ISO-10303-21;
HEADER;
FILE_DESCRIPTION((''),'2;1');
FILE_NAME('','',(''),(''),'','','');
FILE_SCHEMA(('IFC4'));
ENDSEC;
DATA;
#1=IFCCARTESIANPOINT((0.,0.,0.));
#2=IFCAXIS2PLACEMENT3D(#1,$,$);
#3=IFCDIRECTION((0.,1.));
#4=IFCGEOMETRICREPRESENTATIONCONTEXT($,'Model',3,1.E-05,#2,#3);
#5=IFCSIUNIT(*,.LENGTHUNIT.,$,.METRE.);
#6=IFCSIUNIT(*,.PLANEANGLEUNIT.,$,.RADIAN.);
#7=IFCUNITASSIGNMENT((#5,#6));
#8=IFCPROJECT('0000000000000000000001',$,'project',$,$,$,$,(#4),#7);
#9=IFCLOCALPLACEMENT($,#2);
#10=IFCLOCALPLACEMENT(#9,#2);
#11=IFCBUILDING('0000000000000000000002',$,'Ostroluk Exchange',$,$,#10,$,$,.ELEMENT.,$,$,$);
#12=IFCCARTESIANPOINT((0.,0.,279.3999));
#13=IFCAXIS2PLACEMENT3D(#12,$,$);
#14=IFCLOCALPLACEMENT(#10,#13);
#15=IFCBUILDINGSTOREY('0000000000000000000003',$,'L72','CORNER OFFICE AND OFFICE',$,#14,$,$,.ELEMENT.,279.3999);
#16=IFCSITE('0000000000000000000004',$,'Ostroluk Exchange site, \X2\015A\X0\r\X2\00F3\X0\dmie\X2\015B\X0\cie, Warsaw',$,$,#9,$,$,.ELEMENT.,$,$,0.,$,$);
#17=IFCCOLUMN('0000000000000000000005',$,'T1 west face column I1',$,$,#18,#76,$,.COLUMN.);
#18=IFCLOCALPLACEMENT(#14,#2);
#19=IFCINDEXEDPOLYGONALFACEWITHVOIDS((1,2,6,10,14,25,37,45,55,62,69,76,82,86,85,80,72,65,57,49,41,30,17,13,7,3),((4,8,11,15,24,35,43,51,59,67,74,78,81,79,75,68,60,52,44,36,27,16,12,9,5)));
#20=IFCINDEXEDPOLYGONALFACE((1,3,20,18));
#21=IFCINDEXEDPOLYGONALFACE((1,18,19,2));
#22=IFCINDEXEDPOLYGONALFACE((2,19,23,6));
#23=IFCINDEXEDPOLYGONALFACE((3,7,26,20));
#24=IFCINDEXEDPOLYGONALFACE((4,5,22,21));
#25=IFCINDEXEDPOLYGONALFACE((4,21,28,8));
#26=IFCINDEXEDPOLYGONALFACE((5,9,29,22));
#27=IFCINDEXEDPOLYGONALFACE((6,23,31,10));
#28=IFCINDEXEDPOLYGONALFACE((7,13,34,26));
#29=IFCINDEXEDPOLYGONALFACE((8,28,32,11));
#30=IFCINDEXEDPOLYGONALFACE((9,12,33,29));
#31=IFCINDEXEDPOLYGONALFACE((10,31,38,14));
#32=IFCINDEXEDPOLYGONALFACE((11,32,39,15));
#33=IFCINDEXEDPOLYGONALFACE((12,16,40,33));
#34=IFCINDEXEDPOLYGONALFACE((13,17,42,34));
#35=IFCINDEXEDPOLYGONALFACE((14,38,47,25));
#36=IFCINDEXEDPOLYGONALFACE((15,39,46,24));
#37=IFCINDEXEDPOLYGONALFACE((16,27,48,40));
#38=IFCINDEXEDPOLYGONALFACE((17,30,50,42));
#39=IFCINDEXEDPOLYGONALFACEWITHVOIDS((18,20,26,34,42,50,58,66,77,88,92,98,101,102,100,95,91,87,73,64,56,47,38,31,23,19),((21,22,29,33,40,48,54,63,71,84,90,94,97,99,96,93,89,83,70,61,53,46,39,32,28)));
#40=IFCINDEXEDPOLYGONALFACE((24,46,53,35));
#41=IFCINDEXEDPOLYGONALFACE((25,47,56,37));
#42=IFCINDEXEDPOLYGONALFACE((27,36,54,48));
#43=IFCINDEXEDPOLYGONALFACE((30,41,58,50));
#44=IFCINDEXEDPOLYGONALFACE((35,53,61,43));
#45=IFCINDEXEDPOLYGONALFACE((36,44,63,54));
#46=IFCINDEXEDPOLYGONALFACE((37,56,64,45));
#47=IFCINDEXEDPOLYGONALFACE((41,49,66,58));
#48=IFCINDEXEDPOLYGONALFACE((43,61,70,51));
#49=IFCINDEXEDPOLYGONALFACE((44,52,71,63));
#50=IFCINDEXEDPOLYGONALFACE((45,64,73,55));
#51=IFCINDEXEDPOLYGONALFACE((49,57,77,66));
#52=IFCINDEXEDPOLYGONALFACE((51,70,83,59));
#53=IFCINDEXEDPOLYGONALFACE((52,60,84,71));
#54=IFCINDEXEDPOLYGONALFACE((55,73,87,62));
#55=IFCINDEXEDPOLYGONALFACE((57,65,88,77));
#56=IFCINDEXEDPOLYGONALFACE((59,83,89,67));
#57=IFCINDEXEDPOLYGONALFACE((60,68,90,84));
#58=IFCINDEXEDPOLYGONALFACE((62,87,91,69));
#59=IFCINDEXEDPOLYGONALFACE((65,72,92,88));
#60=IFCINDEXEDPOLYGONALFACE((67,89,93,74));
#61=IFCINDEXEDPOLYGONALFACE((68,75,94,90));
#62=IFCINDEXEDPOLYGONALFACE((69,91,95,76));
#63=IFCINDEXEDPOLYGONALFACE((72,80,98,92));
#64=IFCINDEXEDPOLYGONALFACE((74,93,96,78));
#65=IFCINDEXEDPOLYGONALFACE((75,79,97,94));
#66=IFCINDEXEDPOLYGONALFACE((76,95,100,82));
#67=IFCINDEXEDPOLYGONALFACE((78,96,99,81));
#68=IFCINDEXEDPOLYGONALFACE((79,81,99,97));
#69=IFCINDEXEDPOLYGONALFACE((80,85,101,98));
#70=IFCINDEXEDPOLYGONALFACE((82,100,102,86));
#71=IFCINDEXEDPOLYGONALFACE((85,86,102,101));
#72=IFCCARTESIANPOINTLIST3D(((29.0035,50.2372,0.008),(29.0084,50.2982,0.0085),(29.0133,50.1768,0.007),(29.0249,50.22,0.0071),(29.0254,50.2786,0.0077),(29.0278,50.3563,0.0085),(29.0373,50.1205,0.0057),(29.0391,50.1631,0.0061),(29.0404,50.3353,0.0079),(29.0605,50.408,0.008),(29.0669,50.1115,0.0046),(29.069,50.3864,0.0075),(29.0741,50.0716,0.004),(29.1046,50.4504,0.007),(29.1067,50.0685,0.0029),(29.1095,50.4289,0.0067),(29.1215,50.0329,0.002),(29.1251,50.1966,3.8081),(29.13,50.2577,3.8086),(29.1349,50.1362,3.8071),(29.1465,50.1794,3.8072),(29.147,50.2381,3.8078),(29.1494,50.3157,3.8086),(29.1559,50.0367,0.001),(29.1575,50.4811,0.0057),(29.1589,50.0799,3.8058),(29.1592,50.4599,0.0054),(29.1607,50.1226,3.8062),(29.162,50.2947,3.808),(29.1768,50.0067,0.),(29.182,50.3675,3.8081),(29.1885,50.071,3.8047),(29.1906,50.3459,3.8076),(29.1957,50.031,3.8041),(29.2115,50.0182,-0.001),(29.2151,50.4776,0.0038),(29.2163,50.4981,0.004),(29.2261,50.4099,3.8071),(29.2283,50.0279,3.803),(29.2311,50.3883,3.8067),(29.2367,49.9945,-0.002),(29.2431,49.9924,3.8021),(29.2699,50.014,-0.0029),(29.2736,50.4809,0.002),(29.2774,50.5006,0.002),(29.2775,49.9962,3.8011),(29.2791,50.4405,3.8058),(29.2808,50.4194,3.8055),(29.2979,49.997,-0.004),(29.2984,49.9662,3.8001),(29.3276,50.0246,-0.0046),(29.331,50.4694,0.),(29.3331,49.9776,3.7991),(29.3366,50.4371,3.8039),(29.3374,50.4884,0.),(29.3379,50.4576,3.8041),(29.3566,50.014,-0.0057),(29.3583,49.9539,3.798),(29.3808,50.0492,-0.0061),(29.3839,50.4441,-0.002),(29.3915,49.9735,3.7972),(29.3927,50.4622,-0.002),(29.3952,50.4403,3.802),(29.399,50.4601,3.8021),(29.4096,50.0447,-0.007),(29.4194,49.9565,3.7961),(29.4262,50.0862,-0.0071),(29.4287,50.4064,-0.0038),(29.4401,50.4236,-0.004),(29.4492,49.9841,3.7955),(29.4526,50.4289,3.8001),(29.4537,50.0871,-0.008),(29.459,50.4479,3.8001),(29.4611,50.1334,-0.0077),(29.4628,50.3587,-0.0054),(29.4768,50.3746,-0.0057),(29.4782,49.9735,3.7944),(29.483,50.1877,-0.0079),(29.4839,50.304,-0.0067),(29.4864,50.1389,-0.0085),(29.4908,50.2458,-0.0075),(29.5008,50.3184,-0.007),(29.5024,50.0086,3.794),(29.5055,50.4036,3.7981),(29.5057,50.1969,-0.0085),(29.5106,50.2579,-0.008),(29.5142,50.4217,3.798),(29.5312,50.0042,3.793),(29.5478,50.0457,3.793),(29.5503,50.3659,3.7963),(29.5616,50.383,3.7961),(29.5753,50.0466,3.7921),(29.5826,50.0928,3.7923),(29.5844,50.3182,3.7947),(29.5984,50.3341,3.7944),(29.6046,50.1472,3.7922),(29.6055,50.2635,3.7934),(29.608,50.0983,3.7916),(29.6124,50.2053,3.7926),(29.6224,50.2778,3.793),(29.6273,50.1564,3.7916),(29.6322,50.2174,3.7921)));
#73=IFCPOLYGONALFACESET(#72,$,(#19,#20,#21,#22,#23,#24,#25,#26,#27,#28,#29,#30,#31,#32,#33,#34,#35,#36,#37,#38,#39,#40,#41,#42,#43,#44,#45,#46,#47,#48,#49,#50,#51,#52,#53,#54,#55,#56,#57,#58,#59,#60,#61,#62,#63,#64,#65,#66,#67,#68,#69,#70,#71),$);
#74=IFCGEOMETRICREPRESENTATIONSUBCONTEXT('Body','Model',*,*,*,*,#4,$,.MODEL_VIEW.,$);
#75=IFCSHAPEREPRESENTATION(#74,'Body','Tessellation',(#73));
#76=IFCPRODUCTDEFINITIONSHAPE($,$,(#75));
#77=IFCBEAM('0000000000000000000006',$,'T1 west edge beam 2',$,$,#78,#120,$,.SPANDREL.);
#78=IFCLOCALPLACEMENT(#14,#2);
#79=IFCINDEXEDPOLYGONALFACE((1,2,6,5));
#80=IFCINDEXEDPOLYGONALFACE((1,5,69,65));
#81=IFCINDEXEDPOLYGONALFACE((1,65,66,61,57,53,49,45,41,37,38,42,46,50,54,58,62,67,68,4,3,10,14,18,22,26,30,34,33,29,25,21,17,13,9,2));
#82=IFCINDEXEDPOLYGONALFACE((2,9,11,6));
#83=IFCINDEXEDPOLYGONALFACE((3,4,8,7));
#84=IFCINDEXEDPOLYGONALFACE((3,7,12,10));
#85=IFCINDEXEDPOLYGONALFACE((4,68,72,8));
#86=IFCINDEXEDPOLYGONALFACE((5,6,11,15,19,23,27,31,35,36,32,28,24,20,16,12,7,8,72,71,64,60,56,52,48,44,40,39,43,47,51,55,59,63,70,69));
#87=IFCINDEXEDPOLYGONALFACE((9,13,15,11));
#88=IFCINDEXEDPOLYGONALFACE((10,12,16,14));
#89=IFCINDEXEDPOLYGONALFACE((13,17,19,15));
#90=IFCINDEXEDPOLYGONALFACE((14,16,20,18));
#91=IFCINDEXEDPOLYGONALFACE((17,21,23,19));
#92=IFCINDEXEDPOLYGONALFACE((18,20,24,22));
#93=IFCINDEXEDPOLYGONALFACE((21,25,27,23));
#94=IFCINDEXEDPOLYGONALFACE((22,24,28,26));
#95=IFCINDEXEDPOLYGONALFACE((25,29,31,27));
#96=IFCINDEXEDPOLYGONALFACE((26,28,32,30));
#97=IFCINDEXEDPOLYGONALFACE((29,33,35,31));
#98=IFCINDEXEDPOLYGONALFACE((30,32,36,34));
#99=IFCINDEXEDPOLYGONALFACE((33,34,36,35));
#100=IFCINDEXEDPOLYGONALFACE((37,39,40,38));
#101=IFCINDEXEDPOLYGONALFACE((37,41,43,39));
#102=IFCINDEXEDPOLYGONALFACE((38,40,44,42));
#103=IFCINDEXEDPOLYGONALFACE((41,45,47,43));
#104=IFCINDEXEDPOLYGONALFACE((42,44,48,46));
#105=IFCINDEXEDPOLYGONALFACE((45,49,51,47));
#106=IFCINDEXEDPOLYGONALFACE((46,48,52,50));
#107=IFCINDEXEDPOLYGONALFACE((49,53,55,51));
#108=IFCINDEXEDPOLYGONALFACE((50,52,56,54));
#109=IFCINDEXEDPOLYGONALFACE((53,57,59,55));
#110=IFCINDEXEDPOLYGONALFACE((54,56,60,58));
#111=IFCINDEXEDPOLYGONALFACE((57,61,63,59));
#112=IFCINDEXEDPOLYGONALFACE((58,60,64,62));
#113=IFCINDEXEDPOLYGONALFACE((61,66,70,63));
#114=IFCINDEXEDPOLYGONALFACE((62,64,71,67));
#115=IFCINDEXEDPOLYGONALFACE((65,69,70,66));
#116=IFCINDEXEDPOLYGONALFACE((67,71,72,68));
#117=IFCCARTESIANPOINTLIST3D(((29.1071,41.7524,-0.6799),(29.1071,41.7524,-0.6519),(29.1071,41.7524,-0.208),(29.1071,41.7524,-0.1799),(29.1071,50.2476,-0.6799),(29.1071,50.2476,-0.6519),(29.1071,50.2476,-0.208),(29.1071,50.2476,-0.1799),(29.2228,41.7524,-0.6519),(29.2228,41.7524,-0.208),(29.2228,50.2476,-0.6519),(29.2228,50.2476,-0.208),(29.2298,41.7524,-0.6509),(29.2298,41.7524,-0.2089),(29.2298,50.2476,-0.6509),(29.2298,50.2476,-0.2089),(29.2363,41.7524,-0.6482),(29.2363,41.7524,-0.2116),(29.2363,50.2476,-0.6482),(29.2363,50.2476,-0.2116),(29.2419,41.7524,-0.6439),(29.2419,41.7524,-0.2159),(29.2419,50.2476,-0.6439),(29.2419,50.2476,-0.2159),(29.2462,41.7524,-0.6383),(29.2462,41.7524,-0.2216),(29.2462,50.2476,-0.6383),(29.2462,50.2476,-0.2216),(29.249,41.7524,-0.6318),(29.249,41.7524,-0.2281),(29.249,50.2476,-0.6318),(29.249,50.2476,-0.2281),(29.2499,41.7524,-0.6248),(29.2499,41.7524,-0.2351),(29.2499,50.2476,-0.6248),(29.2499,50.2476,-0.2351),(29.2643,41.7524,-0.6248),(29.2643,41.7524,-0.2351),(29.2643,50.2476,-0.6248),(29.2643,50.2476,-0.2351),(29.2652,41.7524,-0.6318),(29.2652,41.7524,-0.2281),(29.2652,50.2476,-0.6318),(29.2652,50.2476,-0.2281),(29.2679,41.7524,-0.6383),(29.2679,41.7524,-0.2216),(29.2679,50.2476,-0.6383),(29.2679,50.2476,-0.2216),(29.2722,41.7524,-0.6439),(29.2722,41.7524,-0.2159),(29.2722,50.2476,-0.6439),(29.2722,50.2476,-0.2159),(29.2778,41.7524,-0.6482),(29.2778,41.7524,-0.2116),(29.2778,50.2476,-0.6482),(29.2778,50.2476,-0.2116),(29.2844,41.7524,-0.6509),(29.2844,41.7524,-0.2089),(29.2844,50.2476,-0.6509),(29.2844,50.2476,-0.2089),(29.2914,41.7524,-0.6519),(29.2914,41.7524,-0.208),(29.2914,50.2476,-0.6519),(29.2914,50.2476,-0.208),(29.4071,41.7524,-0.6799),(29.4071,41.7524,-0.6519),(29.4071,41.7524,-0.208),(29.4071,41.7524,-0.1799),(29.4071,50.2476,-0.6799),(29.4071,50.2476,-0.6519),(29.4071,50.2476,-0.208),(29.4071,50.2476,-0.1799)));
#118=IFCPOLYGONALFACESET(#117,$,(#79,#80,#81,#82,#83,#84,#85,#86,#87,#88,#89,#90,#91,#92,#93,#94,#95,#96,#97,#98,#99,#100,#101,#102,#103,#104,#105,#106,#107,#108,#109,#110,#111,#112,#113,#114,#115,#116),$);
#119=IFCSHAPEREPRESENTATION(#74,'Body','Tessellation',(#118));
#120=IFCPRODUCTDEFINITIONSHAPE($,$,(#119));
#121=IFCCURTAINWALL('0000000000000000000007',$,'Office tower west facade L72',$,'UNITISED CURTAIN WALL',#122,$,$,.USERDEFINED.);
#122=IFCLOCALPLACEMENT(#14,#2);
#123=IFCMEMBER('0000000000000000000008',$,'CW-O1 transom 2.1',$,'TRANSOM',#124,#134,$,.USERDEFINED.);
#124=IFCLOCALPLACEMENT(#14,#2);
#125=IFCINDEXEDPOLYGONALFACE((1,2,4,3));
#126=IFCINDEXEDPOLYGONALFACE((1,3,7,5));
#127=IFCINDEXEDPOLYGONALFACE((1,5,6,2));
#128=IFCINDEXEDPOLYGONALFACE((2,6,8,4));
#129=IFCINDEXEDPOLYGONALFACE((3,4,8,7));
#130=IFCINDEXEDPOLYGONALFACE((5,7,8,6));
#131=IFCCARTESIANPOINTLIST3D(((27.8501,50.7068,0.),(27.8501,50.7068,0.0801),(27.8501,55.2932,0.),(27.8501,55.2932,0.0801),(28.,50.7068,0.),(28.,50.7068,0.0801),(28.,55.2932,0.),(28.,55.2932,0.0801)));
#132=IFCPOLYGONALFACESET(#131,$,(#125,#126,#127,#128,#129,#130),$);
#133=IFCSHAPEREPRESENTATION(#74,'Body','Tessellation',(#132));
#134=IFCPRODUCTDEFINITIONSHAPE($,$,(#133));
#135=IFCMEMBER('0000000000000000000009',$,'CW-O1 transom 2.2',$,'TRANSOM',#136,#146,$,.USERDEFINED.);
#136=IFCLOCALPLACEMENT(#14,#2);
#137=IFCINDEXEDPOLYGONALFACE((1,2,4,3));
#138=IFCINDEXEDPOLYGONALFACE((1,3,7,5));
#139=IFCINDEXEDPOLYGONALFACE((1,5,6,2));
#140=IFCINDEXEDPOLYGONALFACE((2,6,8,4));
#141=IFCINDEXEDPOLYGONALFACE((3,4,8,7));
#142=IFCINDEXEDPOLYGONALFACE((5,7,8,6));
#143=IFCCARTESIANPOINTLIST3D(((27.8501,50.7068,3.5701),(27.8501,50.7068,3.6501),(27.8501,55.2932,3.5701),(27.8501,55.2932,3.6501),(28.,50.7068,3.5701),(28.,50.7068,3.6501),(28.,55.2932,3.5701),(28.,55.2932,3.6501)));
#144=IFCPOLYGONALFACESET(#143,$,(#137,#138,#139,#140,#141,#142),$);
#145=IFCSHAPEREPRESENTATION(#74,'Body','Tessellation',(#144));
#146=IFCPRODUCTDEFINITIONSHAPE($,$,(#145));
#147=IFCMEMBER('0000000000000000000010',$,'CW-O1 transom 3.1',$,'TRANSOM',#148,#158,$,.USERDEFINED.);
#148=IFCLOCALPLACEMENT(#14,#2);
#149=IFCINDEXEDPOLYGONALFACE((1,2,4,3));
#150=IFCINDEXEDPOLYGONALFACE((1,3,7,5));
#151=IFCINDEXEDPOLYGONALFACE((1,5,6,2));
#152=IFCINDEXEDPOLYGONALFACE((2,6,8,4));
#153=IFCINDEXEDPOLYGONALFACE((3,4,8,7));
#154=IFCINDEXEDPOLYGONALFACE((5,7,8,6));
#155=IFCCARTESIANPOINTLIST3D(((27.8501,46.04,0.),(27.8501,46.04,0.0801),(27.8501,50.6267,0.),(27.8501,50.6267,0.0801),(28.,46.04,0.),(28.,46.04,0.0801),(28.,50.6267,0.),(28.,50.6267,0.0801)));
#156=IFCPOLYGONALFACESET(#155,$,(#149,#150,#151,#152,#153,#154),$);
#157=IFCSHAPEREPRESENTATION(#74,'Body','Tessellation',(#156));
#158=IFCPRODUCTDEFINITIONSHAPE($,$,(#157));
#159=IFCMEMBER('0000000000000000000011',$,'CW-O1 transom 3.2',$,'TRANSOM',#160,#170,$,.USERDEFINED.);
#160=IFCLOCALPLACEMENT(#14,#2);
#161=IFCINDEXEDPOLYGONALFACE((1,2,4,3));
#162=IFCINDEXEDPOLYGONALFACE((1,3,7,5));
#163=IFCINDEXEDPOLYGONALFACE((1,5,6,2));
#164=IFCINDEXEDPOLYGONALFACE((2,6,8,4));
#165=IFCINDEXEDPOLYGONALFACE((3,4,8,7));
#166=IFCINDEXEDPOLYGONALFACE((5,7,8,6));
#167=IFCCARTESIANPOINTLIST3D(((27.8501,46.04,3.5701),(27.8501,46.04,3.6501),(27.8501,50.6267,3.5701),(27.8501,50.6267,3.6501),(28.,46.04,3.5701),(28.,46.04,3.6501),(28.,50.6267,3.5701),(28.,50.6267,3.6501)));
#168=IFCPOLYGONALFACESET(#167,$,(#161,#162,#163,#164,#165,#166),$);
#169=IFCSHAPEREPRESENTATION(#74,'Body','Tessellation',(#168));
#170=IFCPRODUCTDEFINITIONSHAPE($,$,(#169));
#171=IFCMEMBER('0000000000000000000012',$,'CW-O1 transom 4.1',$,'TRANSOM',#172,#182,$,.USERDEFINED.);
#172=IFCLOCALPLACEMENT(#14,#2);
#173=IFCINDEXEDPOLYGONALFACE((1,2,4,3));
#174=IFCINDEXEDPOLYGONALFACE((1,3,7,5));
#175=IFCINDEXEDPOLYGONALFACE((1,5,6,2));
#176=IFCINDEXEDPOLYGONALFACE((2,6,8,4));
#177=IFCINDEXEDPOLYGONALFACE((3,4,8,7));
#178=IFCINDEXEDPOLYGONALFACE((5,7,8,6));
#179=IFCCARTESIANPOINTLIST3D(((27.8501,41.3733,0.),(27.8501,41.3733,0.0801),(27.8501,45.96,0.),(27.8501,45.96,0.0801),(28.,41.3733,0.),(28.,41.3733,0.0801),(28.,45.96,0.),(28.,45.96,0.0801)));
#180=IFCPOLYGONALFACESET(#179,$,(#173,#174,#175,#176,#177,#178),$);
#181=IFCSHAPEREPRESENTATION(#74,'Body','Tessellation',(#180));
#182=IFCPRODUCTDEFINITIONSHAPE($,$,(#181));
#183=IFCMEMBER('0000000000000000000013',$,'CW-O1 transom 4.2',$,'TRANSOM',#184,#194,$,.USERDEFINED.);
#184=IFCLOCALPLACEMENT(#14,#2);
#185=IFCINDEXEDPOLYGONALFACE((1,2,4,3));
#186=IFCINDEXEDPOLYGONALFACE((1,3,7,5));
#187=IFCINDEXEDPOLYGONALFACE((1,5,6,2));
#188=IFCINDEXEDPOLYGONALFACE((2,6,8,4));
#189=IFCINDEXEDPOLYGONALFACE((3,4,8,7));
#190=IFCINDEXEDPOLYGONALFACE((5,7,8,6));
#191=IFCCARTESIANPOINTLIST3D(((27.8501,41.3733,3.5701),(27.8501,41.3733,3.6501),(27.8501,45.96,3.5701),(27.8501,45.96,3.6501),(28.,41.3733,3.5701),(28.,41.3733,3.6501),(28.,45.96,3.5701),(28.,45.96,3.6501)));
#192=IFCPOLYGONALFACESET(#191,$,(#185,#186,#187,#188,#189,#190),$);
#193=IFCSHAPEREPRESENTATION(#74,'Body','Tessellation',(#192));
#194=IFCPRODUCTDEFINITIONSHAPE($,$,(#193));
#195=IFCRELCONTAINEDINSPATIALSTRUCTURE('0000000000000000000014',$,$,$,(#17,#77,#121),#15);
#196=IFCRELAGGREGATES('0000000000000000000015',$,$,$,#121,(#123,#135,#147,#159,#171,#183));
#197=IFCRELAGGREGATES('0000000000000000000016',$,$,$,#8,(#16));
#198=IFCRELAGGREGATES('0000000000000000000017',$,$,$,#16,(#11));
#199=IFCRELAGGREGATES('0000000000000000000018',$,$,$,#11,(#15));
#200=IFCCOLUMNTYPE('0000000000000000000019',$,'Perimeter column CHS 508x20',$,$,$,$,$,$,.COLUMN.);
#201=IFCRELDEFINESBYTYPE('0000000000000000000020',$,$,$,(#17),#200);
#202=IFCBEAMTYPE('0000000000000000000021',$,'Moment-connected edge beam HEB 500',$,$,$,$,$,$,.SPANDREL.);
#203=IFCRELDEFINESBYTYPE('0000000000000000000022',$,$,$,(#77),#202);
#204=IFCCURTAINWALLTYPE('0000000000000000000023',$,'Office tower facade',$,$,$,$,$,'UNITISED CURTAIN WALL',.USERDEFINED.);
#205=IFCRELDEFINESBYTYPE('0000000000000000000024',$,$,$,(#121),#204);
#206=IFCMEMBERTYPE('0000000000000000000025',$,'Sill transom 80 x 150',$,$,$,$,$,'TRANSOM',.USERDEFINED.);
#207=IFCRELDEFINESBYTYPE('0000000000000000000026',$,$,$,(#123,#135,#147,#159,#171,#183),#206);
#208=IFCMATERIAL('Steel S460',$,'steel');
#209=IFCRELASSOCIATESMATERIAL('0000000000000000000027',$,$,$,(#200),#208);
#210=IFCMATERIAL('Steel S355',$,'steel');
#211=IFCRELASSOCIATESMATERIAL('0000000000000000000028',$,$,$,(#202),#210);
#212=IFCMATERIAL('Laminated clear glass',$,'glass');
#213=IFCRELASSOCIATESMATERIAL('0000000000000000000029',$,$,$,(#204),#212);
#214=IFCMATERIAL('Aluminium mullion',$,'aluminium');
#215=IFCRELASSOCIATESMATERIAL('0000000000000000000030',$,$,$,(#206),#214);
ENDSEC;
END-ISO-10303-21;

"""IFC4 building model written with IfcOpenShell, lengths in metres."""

from ifc_helpers import new_model, si_unit, direction, frame, origin, origin_2d, place, context, subcontext, project, spatial, rectangle, hollow_circle, i_section, extrude, material, material_profile, profile_set, type_object, element, aggregate, save


model = new_model("IFC4")

# Units and contexts
model_context = context("Model", 3, precision=1e-05, world=origin(), true_north=direction((0.0, 1.0)))
body_context = subcontext(model_context, "Body", "Model", "MODEL_VIEW")
ifc_project = project(units=[si_unit("LENGTHUNIT", "METRE"), si_unit("PLANEANGLEUNIT", "RADIAN")], contexts=[model_context])

# Site, building, storey
site_placement = place(None, origin())
site = spatial("IfcSite", under=ifc_project, at=site_placement, Name="Ostroluk Exchange site, Śródmieście, Warsaw", CompositionType="ELEMENT", RefElevation=0.0)
building_placement = place(site_placement, origin())
building = spatial("IfcBuilding", under=site, at=building_placement, Name="Ostroluk Exchange", CompositionType="ELEMENT")
storey_placement = place(building_placement, frame((0.0, 0.0, 279.3999)))
storey = spatial("IfcBuildingStorey", under=building, at=storey_placement, Name="L72", Description="CORNER OFFICE AND OFFICE", CompositionType="ELEMENT", Elevation=279.3999)

# Column
ifc_material_1 = material(Name="Steel S460", Category="steel")
ifc_material_profile_1 = material_profile(ifc_material_1, hollow_circle(Radius=0.2539, WallThickness=0.02, at=origin_2d()), Name="CHS 508x20")
ifc_profile_set_1 = profile_set([ifc_material_profile_1], Name="Steel S460")
column_type = type_object("IfcColumnType", Name="Perimeter column CHS 508x20", PredefinedType="COLUMN", material=ifc_profile_set_1)
column_placement = place(storey_placement, frame((29.2571, 50.2476, 0.0), z_axis=(0.031977, -0.010659, 0.999432), x_axis=(0.316228, 0.948683, 0.0)))
element("IfcColumn", 1, at=column_placement, inside=storey, type_object=column_type, Name="T1 west face column I1", PredefinedType="COLUMN", context=body_context, shape_type="SweptSolid", body=[
    extrude(hollow_circle(Radius=0.2539, WallThickness=0.02, at=origin_2d()), origin(), (0.0, 0.0, 1.0), 3.8022),
])

# Beam
ifc_material_2 = material(Name="Steel S355", Category="steel")
ifc_material_profile_2 = material_profile(ifc_material_2, i_section(OverallWidth=0.3, OverallDepth=0.5, WebThickness=0.0144, FlangeThickness=0.0281, FilletRadius=0.0271, at=origin_2d()), Name="HEB 500")
ifc_profile_set_2 = profile_set([ifc_material_profile_2], Name="Steel S355")
beam_type = type_object("IfcBeamType", Name="Moment-connected edge beam HEB 500", PredefinedType="SPANDREL", material=ifc_profile_set_2)
beam_placement = place(storey_placement, frame((29.2571, 50.2476, -0.4299), z_axis=(0.0, -1.0, 0.0), x_axis=(1.0, 0.0, 0.0)))
element("IfcBeam", 2, at=beam_placement, inside=storey, type_object=beam_type, Name="T1 west edge beam 2", PredefinedType="SPANDREL", context=body_context, shape_type="SweptSolid", body=[
    extrude(i_section(OverallWidth=0.3, OverallDepth=0.5, WebThickness=0.0144, FlangeThickness=0.0281, FilletRadius=0.0271, at=origin_2d()), origin(), (0.0, 0.0, 1.0), 8.4951),
])

# Curtain wall, members
ifc_material_3 = material(Name="Laminated clear glass", Category="glass")
curtain_wall_type = type_object("IfcCurtainWallType", Name="Office tower facade", ElementType="UNITISED CURTAIN WALL", PredefinedType="USERDEFINED", material=ifc_material_3)
curtain_wall_placement = place(storey_placement, origin())
curtain_wall = element("IfcCurtainWall", 3, at=curtain_wall_placement, inside=storey, type_object=curtain_wall_type, Name="Office tower west facade L72", ObjectType="UNITISED CURTAIN WALL", PredefinedType="USERDEFINED")
ifc_material_4 = material(Name="Aluminium mullion", Category="aluminium")
ifc_material_profile_3 = material_profile(ifc_material_4, rectangle(XDim=0.1499, YDim=0.0801, at=origin_2d()), Name="Sill transom 80 x 150")
ifc_profile_set_3 = profile_set([ifc_material_profile_3], Name="Aluminium mullion")
member_type_1 = type_object("IfcMemberType", Name="Sill transom 80 x 150", ElementType="TRANSOM", PredefinedType="USERDEFINED", material=ifc_profile_set_3)
member_1_placement = place(storey_placement, frame((27.925, 55.2932, 0.04), z_axis=(0.0, -1.0, 0.0), x_axis=(1.0, 0.0, 0.0)))
member_1 = element("IfcMember", 4, at=member_1_placement, type_object=member_type_1, Name="CW-O1 transom 2.1", ObjectType="TRANSOM", PredefinedType="USERDEFINED", context=body_context, shape_type="SweptSolid", body=[
    extrude(rectangle(XDim=0.1499, YDim=0.0801, at=origin_2d()), origin(), (0.0, 0.0, 1.0), 4.5864),
])
member_2_placement = place(storey_placement, frame((27.925, 55.2932, 3.6101), z_axis=(0.0, -1.0, 0.0), x_axis=(1.0, 0.0, 0.0)))
member_2 = element("IfcMember", 5, at=member_2_placement, type_object=member_type_1, Name="CW-O1 transom 2.2", ObjectType="TRANSOM", PredefinedType="USERDEFINED", context=body_context, shape_type="SweptSolid", body=[
    extrude(rectangle(XDim=0.1499, YDim=0.0801, at=origin_2d()), origin(), (0.0, 0.0, 1.0), 4.5864),
])
member_3_placement = place(storey_placement, frame((27.925, 50.6267, 0.04), z_axis=(0.0, -1.0, 0.0), x_axis=(1.0, 0.0, 0.0)))
member_3 = element("IfcMember", 6, at=member_3_placement, type_object=member_type_1, Name="CW-O1 transom 3.1", ObjectType="TRANSOM", PredefinedType="USERDEFINED", context=body_context, shape_type="SweptSolid", body=[
    extrude(rectangle(XDim=0.1499, YDim=0.0801, at=origin_2d()), origin(), (0.0, 0.0, 1.0), 4.5867),
])
member_4_placement = place(storey_placement, frame((27.925, 50.6267, 3.6101), z_axis=(0.0, -1.0, 0.0), x_axis=(1.0, 0.0, 0.0)))
member_4 = element("IfcMember", 7, at=member_4_placement, type_object=member_type_1, Name="CW-O1 transom 3.2", ObjectType="TRANSOM", PredefinedType="USERDEFINED", context=body_context, shape_type="SweptSolid", body=[
    extrude(rectangle(XDim=0.1499, YDim=0.0801, at=origin_2d()), origin(), (0.0, 0.0, 1.0), 4.5867),
])
member_5_placement = place(storey_placement, frame((27.925, 45.96, 0.04), z_axis=(0.0, -1.0, 0.0), x_axis=(1.0, 0.0, 0.0)))
member_5 = element("IfcMember", 8, at=member_5_placement, type_object=member_type_1, Name="CW-O1 transom 4.1", ObjectType="TRANSOM", PredefinedType="USERDEFINED", context=body_context, shape_type="SweptSolid", body=[
    extrude(rectangle(XDim=0.1499, YDim=0.0801, at=origin_2d()), origin(), (0.0, 0.0, 1.0), 4.5867),
])
member_6_placement = place(storey_placement, frame((27.925, 45.96, 3.6101), z_axis=(0.0, -1.0, 0.0), x_axis=(1.0, 0.0, 0.0)))
member_6 = element("IfcMember", 9, at=member_6_placement, type_object=member_type_1, Name="CW-O1 transom 4.2", ObjectType="TRANSOM", PredefinedType="USERDEFINED", context=body_context, shape_type="SweptSolid", body=[
    extrude(rectangle(XDim=0.1499, YDim=0.0801, at=origin_2d()), origin(), (0.0, 0.0, 1.0), 4.5867),
])
aggregate(curtain_wall, [member_1, member_2, member_3, member_4, member_5, member_6])

save(model, "model.ifc")
